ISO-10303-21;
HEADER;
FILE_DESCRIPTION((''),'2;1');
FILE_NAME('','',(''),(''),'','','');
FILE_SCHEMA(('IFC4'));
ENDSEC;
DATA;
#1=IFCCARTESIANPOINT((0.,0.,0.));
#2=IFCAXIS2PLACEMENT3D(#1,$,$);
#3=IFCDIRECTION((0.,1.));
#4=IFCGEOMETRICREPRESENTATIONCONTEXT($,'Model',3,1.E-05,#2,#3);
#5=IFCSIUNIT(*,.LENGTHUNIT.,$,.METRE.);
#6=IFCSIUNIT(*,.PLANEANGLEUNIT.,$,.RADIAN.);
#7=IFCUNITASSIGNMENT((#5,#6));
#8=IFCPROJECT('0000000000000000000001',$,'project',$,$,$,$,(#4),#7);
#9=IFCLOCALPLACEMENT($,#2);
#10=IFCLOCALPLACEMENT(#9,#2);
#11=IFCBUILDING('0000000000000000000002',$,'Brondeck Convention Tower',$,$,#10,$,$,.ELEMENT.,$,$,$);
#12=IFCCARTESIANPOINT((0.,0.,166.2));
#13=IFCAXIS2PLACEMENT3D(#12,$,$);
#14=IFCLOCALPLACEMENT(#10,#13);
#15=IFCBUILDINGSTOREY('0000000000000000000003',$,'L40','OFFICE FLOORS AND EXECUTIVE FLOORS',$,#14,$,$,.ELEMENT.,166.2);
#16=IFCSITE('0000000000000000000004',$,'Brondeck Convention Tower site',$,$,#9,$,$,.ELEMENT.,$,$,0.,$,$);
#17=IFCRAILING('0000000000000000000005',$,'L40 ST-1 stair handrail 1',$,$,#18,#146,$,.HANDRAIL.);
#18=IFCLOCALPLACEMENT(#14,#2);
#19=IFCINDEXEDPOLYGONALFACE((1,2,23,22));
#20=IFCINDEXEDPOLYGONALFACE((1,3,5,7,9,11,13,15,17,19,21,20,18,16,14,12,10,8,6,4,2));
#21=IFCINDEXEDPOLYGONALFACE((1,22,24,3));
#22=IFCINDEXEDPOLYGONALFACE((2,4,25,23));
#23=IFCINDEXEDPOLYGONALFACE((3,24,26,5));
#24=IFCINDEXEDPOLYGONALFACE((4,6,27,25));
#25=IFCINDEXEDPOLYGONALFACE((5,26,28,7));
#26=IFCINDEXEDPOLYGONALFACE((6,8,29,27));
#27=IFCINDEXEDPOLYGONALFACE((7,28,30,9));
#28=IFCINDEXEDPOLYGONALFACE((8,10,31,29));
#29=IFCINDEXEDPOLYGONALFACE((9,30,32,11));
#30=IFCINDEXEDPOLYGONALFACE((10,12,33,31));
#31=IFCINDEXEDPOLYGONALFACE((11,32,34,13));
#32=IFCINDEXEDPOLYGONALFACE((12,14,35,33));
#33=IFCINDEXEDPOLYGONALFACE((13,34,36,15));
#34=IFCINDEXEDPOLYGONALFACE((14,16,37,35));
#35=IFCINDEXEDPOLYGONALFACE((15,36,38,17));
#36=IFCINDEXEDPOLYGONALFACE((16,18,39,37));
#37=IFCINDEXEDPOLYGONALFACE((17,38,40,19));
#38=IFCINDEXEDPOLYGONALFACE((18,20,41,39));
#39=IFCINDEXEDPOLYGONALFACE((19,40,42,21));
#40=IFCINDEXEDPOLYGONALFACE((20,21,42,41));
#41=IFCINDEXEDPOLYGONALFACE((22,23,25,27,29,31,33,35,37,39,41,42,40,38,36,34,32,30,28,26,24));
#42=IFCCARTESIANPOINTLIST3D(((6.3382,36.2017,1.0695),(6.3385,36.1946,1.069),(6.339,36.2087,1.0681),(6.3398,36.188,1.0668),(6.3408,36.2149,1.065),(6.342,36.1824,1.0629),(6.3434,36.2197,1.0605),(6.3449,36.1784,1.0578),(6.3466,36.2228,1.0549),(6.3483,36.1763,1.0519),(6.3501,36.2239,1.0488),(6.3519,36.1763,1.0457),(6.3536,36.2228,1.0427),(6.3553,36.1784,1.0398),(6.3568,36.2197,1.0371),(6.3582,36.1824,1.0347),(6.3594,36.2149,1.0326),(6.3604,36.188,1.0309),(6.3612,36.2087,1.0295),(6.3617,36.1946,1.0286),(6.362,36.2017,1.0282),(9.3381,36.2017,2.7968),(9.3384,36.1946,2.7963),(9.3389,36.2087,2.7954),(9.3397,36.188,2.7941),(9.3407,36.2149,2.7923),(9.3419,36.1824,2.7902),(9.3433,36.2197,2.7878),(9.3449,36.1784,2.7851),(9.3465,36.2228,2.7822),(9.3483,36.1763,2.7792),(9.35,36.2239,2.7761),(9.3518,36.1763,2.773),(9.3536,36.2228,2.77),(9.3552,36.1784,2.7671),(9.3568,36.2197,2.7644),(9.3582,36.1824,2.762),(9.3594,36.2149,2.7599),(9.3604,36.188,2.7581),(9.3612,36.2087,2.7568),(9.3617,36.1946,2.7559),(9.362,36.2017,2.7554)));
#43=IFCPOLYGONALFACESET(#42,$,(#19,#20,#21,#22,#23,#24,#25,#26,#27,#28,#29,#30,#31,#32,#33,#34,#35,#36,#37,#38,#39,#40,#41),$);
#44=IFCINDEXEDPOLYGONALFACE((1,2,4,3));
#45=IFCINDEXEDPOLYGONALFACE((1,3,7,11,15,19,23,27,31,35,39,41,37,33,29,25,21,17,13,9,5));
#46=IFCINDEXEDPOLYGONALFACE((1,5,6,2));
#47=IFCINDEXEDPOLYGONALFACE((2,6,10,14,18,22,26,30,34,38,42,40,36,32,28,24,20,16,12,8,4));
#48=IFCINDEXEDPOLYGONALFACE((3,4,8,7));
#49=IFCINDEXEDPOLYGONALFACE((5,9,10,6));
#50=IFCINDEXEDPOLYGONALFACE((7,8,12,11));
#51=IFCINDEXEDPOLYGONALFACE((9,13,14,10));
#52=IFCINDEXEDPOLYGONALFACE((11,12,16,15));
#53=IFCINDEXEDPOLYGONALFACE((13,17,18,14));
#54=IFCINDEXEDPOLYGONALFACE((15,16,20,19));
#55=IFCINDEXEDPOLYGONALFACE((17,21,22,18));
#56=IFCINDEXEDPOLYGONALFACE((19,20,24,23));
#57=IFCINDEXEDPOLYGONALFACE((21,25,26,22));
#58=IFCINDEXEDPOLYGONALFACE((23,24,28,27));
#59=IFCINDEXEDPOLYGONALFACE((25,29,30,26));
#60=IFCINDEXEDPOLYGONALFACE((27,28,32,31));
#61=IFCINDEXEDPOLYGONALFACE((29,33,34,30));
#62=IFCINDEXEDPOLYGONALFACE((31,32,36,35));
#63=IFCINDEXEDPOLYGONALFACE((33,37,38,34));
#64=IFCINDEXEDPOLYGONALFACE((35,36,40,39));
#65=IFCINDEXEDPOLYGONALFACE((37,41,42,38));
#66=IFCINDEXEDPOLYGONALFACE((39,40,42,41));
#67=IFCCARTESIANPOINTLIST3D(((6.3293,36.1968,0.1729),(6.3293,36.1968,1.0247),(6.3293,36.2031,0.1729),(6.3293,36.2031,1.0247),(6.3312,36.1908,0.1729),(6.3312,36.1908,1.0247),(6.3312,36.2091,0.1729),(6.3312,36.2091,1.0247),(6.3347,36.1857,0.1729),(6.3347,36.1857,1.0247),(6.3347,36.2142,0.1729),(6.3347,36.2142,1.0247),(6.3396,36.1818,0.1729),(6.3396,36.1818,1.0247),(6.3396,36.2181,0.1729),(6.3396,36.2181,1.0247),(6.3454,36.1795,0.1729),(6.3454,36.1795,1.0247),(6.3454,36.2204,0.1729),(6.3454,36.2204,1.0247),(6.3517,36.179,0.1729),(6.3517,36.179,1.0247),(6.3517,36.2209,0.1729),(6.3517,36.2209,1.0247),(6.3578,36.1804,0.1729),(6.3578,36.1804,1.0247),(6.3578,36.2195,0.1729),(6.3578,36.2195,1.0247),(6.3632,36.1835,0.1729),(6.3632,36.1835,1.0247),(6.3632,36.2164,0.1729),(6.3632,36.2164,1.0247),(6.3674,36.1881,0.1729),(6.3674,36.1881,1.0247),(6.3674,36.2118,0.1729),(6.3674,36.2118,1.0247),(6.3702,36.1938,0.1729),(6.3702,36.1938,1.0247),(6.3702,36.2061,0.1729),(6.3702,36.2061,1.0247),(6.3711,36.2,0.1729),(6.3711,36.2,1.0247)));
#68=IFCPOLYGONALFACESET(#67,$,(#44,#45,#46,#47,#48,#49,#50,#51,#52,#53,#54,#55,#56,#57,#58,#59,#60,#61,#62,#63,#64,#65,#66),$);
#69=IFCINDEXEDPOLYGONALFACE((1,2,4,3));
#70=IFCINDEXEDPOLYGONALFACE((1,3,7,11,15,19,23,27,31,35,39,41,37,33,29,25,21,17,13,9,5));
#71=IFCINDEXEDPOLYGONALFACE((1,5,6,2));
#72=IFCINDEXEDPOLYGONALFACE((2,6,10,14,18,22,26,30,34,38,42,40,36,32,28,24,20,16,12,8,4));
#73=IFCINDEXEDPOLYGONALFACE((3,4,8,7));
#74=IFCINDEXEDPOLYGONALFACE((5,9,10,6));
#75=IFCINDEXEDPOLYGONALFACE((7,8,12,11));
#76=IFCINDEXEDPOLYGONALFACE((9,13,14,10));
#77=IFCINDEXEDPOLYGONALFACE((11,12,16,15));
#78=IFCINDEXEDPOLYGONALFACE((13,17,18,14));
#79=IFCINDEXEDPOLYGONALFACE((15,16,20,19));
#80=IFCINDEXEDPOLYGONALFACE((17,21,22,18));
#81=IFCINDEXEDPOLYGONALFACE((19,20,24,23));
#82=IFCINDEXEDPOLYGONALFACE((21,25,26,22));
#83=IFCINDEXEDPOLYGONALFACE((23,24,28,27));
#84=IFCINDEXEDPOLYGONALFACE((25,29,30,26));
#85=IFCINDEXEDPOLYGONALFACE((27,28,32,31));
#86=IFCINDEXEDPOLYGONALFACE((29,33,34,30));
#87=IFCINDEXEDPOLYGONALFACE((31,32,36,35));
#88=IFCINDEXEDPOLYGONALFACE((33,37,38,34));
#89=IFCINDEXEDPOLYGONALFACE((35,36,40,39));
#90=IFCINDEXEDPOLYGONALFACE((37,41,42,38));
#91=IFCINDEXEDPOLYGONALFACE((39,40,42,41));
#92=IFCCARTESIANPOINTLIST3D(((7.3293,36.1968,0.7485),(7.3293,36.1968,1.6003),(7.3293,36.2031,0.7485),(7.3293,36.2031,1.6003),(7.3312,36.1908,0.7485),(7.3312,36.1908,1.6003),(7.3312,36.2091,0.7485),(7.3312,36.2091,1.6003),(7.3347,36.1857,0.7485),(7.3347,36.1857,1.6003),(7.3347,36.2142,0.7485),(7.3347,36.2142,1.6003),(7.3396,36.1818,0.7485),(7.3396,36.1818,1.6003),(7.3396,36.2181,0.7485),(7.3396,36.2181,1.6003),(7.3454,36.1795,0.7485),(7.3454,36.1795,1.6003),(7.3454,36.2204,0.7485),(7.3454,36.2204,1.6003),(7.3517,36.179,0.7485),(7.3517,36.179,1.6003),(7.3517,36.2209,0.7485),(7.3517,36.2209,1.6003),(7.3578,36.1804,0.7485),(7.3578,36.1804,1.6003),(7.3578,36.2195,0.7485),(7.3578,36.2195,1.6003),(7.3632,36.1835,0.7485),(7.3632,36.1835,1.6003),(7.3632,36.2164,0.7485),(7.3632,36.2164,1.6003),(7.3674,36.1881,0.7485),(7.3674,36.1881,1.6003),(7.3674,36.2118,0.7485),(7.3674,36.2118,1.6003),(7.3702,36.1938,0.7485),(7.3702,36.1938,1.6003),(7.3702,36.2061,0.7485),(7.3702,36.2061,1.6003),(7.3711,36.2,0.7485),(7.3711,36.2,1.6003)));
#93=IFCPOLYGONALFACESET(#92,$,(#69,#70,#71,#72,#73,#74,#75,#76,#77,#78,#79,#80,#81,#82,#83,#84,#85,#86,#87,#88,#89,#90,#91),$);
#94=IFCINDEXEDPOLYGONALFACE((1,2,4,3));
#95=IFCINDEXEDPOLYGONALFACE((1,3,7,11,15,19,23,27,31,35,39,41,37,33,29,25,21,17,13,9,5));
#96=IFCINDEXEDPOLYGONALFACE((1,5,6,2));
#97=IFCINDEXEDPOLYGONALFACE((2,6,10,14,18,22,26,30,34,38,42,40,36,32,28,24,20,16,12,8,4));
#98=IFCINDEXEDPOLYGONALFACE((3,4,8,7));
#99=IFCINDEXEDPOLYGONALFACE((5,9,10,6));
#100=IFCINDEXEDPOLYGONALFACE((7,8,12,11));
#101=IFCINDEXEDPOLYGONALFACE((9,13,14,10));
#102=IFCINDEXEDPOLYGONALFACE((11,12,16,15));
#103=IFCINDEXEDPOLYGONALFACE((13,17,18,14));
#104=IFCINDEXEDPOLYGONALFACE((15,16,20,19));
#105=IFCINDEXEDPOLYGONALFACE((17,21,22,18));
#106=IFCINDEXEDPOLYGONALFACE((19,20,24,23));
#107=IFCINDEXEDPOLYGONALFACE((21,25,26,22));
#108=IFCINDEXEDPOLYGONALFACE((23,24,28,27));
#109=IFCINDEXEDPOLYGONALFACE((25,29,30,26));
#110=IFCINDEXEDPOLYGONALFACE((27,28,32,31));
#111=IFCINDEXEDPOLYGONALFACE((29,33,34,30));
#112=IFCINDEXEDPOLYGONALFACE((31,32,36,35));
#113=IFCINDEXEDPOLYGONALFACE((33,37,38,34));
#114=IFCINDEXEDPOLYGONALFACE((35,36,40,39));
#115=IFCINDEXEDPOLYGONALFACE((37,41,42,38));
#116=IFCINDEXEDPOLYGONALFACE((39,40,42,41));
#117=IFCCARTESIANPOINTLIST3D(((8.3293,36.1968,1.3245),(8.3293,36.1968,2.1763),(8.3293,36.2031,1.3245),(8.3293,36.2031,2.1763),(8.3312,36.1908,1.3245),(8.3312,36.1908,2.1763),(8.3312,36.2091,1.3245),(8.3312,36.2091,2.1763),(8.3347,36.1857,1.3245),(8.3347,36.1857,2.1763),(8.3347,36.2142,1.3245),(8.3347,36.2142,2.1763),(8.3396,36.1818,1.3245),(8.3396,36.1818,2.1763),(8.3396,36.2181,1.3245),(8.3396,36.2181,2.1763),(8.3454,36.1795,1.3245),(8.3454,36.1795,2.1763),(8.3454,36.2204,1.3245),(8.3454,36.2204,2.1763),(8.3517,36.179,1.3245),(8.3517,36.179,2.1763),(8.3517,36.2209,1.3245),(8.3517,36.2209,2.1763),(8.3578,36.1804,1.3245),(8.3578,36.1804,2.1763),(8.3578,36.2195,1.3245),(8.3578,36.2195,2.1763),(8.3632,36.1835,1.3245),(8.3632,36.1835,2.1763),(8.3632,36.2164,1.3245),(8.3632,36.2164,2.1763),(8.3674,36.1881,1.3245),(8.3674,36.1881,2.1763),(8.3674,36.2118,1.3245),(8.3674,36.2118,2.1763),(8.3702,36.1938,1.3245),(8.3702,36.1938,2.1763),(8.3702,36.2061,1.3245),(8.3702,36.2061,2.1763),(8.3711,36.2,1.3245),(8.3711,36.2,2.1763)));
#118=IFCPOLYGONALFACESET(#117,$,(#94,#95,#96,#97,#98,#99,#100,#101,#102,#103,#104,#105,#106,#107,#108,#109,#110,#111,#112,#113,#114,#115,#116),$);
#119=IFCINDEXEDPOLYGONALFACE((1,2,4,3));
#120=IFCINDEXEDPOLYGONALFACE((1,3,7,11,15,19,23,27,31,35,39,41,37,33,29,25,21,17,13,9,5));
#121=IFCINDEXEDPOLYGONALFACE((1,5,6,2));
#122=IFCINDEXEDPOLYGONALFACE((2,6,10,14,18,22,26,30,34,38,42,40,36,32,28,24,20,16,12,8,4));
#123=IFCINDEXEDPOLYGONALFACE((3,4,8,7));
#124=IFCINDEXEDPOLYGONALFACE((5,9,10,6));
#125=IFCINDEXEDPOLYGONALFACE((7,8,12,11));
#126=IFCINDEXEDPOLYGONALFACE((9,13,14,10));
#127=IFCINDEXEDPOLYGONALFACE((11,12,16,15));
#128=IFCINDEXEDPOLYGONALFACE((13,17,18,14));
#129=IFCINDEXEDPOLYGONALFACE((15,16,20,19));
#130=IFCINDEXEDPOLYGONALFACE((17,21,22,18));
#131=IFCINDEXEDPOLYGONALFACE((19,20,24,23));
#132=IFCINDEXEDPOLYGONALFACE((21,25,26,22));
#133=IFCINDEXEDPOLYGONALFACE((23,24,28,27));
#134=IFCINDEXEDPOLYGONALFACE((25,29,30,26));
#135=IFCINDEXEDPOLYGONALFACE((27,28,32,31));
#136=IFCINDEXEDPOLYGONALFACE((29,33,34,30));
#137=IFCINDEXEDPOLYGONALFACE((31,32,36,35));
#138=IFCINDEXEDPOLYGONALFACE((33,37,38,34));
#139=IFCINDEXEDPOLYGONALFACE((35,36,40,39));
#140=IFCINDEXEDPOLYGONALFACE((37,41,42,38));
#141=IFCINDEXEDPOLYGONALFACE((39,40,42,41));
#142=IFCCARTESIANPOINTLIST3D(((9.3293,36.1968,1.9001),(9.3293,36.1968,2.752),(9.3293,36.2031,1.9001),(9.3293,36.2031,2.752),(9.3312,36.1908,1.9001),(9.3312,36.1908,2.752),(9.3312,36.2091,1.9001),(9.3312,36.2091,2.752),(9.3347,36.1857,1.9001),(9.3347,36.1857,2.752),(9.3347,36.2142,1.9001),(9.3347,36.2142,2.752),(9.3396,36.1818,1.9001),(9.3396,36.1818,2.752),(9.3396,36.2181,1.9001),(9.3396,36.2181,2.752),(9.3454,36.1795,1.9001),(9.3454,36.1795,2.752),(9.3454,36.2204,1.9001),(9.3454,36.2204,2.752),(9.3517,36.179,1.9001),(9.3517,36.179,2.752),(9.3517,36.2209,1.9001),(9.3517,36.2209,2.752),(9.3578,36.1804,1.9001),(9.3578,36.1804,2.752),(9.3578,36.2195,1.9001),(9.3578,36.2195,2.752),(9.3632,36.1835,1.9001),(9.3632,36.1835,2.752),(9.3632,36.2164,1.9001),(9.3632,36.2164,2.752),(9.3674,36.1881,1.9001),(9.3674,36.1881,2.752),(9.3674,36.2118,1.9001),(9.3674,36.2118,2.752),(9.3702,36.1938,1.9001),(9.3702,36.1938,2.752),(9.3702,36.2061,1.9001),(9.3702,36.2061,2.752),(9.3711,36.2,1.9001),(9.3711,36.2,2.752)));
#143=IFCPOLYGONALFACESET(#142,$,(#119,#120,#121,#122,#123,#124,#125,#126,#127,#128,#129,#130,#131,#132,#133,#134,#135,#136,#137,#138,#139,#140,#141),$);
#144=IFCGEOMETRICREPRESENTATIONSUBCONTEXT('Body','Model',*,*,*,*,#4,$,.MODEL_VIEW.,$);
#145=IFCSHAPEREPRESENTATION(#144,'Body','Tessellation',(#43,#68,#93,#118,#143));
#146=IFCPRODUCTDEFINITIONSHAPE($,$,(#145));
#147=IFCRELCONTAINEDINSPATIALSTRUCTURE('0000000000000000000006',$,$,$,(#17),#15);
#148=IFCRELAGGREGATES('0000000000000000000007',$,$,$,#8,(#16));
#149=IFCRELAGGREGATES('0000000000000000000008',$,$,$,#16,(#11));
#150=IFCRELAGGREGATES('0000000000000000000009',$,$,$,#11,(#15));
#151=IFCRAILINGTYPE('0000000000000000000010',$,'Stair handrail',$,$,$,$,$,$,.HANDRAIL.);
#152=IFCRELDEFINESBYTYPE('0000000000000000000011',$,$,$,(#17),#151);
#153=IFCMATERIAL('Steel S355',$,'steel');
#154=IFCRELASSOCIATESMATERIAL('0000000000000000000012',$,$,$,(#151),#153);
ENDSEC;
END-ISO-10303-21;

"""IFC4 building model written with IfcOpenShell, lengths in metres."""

from ifc_helpers import new_model, si_unit, direction, frame, origin, origin_2d, place, context, subcontext, project, spatial, circle, extrude, material, type_object, element, save


model = new_model("IFC4")

# Units and contexts
model_context = context("Model", 3, precision=1e-05, world=origin(), true_north=direction((0.0, 1.0)))
body_context = subcontext(model_context, "Body", "Model", "MODEL_VIEW")
ifc_project = project(units=[si_unit("LENGTHUNIT", "METRE"), si_unit("PLANEANGLEUNIT", "RADIAN")], contexts=[model_context])

# Site, building, storey
site_placement = place(None, origin())
site = spatial("IfcSite", under=ifc_project, at=site_placement, Name="Brondeck Convention Tower site", CompositionType="ELEMENT", RefElevation=0.0)
building_placement = place(site_placement, origin())
building = spatial("IfcBuilding", under=site, at=building_placement, Name="Brondeck Convention Tower", CompositionType="ELEMENT")
storey_placement = place(building_placement, frame((0.0, 0.0, 166.2)))
storey = spatial("IfcBuildingStorey", under=building, at=storey_placement, Name="L40", Description="OFFICE FLOORS AND EXECUTIVE FLOORS", CompositionType="ELEMENT", Elevation=166.2)

# Railing
ifc_material_1 = material(Name="Steel S355", Category="steel")
railing_type_1 = type_object("IfcRailingType", Name="Stair handrail", PredefinedType="HANDRAIL", material=ifc_material_1)
railing_1_placement = place(storey_placement, frame((6.3501, 36.2, 0.1729)))
element("IfcRailing", 1, at=railing_1_placement, inside=storey, type_object=railing_type_1, Name="L40 ST-1 stair handrail 1", PredefinedType="HANDRAIL", context=body_context, shape_type="SweptSolid", body=[
    extrude(circle(Radius=0.0239, at=origin_2d()), frame((0.0, 0.0, 0.876), z_axis=(0.86662, 0.0, 0.498969), x_axis=(0.0, 1.0, 0.0)), (0.0, 0.0, 1.0), 3.4617),
    extrude(circle(Radius=0.021, at=origin_2d()), origin(), (0.0, 0.0, 1.0), 0.8518),
    extrude(circle(Radius=0.021, at=origin_2d()), frame((1.0, 0.0, 0.5757)), (0.0, 0.0, 1.0), 0.8518),
    extrude(circle(Radius=0.021, at=origin_2d()), frame((2.0, 0.0, 1.1516)), (0.0, 0.0, 1.0), 0.8518),
    extrude(circle(Radius=0.021, at=origin_2d()), frame((3.0, 0.0, 1.7273)), (0.0, 0.0, 1.0), 0.8518),
])

save(model, "model.ifc")
